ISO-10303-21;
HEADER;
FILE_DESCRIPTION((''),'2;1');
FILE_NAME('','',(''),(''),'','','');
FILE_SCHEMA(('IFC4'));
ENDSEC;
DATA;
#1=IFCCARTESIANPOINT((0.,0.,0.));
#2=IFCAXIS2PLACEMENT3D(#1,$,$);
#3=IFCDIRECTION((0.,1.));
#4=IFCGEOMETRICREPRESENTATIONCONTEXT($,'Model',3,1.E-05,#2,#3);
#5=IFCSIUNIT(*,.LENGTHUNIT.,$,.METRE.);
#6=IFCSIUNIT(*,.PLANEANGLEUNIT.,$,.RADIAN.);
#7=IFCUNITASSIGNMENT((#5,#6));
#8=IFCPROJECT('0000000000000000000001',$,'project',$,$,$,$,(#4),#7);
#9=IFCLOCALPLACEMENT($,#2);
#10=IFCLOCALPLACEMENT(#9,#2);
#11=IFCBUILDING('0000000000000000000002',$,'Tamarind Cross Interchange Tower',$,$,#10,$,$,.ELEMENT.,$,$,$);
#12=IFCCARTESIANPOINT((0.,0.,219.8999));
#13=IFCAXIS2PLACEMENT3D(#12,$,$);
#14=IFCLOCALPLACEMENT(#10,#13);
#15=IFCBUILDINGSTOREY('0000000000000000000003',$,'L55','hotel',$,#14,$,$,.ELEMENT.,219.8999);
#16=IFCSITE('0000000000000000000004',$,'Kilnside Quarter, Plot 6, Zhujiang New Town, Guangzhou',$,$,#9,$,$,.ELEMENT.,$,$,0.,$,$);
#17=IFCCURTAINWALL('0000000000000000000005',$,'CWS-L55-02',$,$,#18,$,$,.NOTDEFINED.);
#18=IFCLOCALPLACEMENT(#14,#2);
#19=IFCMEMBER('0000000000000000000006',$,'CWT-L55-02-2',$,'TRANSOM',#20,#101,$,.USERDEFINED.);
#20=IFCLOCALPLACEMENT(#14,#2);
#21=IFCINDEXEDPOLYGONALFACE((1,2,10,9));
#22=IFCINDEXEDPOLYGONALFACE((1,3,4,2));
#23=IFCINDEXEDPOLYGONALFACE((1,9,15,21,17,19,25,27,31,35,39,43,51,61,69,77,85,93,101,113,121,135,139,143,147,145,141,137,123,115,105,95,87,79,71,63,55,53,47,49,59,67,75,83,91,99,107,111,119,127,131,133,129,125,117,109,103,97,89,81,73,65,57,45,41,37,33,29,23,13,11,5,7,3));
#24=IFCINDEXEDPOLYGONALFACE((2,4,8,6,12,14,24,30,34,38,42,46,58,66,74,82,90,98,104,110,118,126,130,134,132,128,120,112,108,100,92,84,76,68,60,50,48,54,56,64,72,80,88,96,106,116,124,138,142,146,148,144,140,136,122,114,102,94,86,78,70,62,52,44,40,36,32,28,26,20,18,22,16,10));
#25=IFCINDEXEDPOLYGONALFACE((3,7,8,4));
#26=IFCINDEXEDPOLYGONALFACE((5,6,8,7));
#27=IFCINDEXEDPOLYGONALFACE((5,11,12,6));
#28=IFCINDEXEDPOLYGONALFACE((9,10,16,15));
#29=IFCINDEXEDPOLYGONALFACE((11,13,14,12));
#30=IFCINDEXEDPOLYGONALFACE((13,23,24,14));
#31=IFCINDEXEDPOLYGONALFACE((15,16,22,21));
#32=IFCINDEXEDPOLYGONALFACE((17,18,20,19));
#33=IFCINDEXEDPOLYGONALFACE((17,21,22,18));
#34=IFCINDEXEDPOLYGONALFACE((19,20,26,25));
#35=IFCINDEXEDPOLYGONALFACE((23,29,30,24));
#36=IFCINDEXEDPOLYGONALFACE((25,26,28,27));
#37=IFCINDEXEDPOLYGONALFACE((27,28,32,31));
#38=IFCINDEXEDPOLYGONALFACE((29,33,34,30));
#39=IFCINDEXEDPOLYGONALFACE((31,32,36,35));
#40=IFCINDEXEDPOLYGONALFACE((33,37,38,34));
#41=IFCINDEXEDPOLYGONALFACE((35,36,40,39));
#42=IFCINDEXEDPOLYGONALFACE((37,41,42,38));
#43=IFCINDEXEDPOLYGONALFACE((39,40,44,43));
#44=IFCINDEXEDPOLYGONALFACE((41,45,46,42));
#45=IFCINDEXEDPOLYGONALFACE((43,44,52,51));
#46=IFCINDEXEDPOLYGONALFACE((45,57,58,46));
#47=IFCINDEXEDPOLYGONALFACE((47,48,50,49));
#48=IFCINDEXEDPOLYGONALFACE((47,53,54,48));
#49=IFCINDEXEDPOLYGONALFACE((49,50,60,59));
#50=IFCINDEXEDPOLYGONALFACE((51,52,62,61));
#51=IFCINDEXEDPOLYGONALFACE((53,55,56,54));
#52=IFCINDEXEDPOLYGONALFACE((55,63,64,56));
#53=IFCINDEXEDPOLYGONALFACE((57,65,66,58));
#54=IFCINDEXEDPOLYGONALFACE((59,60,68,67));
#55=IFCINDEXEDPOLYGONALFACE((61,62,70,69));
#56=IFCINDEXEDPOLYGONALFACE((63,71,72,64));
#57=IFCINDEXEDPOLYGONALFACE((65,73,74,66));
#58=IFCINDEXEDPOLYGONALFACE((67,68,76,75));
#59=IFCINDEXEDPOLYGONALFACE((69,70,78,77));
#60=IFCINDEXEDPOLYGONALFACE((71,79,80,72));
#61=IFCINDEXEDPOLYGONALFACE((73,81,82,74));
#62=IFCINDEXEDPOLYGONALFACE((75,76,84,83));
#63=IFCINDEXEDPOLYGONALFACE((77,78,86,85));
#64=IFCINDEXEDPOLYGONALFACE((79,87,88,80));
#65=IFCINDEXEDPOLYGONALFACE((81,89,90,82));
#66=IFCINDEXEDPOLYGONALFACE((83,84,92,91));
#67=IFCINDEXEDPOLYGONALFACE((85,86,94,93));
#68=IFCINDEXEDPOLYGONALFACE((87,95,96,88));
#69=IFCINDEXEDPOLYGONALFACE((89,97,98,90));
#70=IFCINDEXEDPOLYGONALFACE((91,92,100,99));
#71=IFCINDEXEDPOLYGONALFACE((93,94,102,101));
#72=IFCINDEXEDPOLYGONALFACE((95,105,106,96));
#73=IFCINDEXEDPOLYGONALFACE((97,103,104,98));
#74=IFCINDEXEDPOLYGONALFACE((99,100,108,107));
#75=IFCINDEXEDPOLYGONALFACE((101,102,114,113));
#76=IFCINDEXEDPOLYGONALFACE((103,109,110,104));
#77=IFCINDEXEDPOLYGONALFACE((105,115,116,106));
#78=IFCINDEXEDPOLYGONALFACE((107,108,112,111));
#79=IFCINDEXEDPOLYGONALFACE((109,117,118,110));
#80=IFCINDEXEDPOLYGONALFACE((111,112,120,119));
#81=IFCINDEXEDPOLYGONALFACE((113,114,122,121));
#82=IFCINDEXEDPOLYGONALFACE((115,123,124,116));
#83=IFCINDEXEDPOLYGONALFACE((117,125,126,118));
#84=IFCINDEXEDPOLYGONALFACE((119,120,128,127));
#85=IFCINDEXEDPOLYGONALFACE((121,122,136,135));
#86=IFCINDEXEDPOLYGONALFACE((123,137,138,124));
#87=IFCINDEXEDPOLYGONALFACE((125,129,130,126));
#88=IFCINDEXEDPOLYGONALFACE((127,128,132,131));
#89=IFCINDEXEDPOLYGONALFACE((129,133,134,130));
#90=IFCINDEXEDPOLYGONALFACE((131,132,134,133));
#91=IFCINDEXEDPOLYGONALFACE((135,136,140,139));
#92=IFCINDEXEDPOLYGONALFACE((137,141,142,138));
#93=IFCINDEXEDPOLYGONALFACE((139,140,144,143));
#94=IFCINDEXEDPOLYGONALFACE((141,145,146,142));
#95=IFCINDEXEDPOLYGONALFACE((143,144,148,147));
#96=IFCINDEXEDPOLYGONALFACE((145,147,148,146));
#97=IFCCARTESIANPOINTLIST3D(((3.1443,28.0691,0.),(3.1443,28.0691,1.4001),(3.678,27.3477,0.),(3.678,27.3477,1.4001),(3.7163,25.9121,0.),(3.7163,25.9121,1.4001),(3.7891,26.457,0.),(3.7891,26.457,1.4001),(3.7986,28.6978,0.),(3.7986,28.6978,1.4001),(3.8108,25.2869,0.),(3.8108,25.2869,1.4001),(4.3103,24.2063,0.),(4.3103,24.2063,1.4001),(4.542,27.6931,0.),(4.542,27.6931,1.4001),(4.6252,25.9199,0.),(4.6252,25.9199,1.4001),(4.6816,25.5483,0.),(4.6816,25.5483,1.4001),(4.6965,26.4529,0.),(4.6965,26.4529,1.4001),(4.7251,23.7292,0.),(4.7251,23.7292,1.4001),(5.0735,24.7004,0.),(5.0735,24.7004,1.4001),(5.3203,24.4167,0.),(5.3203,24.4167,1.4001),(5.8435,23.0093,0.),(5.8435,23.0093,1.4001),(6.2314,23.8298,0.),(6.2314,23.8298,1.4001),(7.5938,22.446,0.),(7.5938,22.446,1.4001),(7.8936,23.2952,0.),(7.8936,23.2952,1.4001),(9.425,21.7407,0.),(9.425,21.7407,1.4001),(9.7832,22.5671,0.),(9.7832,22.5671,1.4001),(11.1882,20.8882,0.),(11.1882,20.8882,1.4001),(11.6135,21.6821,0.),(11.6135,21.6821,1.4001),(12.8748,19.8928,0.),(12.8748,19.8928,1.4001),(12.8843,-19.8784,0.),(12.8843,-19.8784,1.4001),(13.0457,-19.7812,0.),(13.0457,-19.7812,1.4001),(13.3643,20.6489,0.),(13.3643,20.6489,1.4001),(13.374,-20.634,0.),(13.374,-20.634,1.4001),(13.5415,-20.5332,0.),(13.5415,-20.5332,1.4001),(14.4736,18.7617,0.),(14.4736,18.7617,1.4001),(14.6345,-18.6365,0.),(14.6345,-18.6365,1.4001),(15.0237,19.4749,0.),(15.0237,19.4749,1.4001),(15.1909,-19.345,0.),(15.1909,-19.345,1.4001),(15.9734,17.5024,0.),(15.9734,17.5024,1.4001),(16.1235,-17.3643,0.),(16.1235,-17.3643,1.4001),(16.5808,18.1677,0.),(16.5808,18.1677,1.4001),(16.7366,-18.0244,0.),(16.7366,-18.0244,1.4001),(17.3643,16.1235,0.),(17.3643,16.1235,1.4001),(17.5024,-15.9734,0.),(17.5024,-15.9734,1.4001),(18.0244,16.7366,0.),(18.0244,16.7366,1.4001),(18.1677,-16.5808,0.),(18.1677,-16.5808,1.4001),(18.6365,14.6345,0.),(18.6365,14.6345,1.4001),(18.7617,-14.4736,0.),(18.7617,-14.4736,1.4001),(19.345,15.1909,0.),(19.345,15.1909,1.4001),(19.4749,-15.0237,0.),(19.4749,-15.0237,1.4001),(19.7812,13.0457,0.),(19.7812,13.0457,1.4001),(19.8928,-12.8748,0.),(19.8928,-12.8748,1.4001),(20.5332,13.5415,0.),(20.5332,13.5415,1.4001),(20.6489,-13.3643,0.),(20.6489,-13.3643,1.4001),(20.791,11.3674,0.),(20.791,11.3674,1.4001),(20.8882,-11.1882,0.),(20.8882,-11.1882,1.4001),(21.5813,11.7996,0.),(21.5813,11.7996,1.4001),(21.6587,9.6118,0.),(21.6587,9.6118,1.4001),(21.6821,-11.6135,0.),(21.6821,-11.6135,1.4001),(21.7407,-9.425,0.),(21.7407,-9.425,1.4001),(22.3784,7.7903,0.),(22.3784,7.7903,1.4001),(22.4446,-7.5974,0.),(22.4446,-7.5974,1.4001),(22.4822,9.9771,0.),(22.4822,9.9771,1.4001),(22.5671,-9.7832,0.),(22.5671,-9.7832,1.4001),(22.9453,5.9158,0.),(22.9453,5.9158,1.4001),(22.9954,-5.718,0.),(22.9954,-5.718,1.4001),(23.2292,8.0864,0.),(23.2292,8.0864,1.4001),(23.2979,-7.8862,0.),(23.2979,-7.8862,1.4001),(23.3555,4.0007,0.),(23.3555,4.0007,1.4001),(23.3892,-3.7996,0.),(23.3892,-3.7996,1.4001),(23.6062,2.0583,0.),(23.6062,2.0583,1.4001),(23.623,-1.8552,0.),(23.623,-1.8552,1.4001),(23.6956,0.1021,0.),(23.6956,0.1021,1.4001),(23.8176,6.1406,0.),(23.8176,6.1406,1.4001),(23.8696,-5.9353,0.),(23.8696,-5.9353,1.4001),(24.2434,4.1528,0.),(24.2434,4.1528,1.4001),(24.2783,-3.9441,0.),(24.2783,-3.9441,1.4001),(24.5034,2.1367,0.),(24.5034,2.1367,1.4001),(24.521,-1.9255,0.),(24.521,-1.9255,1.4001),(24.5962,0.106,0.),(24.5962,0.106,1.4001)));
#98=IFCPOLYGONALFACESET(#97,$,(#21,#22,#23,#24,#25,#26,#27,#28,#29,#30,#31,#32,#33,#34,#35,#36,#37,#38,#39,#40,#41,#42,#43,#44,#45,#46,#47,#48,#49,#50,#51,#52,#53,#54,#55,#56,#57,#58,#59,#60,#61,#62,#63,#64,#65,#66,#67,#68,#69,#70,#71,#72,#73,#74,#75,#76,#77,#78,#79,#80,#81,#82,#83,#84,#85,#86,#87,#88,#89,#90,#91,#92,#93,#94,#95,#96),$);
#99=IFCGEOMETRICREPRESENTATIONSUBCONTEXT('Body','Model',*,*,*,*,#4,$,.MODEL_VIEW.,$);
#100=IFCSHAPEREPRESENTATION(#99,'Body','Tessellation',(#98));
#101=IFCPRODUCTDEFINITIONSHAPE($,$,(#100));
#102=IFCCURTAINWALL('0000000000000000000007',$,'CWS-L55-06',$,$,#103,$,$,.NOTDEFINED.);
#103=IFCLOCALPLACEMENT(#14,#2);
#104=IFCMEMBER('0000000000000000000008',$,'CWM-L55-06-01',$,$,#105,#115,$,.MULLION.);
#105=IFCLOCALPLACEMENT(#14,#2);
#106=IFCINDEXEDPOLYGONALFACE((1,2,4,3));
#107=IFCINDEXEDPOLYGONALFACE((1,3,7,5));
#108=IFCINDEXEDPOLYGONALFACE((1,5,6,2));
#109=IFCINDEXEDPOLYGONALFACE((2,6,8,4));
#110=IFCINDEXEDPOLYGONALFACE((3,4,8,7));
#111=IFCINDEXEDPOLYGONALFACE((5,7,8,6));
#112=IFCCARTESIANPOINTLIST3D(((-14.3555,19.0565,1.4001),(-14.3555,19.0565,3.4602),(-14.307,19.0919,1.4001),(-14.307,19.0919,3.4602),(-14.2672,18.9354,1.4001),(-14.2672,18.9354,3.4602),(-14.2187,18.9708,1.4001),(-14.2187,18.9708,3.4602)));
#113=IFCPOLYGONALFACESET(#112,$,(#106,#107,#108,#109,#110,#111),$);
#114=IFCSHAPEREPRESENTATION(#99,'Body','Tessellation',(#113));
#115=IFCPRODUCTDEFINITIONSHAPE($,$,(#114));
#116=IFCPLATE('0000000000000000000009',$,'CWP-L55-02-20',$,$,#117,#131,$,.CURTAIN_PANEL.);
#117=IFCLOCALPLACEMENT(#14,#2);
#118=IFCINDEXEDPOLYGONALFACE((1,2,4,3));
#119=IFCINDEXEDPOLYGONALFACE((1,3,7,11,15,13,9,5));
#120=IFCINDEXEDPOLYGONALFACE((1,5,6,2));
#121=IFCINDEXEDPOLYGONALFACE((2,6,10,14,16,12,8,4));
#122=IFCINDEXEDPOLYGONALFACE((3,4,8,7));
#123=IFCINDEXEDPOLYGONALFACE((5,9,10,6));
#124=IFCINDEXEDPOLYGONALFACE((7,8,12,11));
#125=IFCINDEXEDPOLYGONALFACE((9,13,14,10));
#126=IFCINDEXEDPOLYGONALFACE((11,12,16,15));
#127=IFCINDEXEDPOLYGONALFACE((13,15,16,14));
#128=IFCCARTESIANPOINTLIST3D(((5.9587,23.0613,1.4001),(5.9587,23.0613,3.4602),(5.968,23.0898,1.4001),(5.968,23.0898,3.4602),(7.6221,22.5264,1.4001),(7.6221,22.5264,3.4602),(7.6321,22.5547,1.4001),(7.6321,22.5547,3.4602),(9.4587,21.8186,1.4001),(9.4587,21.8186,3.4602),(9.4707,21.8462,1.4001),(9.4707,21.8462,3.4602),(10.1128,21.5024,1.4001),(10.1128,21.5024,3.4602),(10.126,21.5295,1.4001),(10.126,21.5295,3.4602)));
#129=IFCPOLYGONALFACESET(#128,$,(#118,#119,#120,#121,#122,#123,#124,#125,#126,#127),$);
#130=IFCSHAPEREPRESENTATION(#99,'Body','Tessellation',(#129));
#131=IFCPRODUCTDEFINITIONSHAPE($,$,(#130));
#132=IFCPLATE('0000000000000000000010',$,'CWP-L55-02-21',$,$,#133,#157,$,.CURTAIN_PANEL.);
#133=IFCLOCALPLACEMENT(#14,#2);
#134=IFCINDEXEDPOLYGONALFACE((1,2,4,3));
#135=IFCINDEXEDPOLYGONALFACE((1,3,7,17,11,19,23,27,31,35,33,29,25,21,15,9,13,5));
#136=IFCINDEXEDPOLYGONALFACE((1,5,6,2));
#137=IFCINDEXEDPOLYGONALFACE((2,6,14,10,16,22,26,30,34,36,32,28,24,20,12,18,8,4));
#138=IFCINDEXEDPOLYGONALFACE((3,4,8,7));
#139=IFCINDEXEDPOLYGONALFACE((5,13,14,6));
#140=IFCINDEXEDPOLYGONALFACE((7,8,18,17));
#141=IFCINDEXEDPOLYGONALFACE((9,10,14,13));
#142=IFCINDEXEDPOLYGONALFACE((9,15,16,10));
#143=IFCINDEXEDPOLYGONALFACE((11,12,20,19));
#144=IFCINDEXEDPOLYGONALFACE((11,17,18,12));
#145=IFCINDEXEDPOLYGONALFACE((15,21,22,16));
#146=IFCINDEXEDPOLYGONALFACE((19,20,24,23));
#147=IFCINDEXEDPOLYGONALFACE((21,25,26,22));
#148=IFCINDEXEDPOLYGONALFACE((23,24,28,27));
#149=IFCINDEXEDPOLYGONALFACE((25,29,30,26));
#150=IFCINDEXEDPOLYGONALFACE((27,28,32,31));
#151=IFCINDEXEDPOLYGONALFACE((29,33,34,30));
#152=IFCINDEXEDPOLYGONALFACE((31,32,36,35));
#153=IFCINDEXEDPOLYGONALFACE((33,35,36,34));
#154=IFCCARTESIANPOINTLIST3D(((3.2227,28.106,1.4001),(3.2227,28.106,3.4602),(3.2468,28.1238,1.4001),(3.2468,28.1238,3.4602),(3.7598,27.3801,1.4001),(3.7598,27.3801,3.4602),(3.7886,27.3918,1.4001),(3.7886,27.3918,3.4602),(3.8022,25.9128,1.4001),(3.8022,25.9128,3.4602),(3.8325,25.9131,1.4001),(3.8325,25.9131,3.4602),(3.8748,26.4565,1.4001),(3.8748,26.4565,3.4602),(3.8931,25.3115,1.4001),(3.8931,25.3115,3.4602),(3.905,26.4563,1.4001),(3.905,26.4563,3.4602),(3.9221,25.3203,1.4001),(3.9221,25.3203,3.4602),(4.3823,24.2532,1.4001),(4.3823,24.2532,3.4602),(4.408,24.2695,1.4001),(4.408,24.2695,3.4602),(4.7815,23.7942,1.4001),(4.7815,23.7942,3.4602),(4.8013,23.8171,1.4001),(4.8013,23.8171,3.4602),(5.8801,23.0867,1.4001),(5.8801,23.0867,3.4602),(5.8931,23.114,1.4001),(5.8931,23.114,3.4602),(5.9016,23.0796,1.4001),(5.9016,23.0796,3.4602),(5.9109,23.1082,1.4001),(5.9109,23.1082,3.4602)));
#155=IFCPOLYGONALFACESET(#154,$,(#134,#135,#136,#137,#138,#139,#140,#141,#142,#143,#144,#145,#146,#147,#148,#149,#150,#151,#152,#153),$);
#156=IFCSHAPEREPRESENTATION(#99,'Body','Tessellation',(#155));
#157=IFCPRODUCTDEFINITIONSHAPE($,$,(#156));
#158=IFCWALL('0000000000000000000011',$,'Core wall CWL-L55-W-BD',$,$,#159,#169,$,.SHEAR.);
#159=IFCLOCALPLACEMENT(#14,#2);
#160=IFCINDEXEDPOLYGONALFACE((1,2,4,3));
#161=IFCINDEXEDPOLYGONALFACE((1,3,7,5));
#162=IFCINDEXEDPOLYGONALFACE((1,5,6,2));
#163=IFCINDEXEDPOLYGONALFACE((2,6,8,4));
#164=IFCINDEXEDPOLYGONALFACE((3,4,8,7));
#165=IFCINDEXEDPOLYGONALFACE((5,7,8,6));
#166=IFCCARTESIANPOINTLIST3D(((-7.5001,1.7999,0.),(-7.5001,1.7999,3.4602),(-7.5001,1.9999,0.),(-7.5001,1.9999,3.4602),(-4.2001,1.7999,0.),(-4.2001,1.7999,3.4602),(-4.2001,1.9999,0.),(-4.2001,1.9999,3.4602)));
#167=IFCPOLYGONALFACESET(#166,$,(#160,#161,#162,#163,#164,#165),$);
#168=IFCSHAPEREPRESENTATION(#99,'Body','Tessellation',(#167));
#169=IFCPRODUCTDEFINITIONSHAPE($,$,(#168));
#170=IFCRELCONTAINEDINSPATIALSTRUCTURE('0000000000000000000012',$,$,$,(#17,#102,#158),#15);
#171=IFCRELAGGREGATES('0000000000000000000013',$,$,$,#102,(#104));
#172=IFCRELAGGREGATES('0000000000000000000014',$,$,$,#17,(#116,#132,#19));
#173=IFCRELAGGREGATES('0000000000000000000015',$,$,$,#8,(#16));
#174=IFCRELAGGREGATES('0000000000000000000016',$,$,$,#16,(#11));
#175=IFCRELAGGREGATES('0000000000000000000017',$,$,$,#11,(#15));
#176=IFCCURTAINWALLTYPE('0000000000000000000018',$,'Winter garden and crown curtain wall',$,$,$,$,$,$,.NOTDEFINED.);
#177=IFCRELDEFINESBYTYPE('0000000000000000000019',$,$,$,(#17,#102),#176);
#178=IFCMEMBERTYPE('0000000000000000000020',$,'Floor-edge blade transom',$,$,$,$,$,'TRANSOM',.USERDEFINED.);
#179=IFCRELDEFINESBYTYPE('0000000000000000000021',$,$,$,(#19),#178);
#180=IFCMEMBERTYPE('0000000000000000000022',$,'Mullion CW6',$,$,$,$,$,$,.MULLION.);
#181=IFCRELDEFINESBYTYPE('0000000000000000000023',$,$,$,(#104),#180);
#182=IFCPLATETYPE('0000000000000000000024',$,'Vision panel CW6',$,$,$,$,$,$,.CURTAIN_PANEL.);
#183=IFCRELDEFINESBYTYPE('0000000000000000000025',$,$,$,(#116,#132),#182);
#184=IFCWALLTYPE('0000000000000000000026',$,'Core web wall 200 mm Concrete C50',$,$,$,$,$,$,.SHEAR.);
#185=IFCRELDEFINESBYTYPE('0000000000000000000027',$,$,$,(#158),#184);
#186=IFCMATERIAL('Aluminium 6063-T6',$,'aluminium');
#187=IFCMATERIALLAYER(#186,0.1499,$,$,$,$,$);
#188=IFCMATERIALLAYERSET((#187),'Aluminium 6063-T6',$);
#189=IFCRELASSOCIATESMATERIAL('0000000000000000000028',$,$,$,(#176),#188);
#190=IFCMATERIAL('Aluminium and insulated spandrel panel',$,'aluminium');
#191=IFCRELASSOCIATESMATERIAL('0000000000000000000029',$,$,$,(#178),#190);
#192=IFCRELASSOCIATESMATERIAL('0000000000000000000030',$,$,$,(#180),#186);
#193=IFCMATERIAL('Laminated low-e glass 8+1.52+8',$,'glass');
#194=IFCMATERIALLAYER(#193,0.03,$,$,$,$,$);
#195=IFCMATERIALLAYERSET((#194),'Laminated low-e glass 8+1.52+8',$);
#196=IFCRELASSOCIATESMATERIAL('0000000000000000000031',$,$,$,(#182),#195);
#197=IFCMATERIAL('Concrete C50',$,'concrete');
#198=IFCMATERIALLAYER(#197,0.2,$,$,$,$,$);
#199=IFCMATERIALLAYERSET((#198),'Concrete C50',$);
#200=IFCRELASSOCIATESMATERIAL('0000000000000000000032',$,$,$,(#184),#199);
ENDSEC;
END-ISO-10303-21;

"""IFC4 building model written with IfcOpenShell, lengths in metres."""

from ifc_helpers import new_model, si_unit, direction, frame, frame_2d, origin, origin_2d, place, context, subcontext, project, spatial, polyline, rectangle, outline, extrude, material, layer, layer_set, material_profile, profile_set, type_object, element, aggregate, save


model = new_model("IFC4")

# Units and contexts
model_context = context("Model", 3, precision=1e-05, world=origin(), true_north=direction((0.0, 1.0)))
body_context = subcontext(model_context, "Body", "Model", "MODEL_VIEW")
ifc_project = project(units=[si_unit("LENGTHUNIT", "METRE"), si_unit("PLANEANGLEUNIT", "RADIAN")], contexts=[model_context])

# Site, building, storey
site_placement = place(None, origin())
site = spatial("IfcSite", under=ifc_project, at=site_placement, Name="Kilnside Quarter, Plot 6, Zhujiang New Town, Guangzhou", CompositionType="ELEMENT", RefElevation=0.0)
building_placement = place(site_placement, origin())
building = spatial("IfcBuilding", under=site, at=building_placement, Name="Tamarind Cross Interchange Tower", CompositionType="ELEMENT")
storey_placement = place(building_placement, frame((0.0, 0.0, 219.8999)))
storey = spatial("IfcBuildingStorey", under=building, at=storey_placement, Name="L55", Description="hotel", CompositionType="ELEMENT", Elevation=219.8999)

# Shared definitions
ifc_material_1 = material(Name="Concrete C50", Category="concrete")

# Curtain wall, member
ifc_material_2 = material(Name="Aluminium 6063-T6", Category="aluminium")
ifc_layer_1 = layer(ifc_material_2, 0.1499)
ifc_layer_set_1 = layer_set([ifc_layer_1], Name="Aluminium 6063-T6")
curtain_wall_type = type_object("IfcCurtainWallType", Name="Winter garden and crown curtain wall", PredefinedType="NOTDEFINED", material=ifc_layer_set_1)
curtain_wall_1_placement = place(storey_placement, origin())
curtain_wall_1 = element("IfcCurtainWall", 1, at=curtain_wall_1_placement, inside=storey, type_object=curtain_wall_type, Name="CWS-L55-02", PredefinedType="NOTDEFINED")
ifc_material_3 = material(Name="Aluminium and insulated spandrel panel", Category="aluminium")
member_type_1 = type_object("IfcMemberType", Name="Floor-edge blade transom", ElementType="TRANSOM", PredefinedType="USERDEFINED", material=ifc_material_3)
member_1_placement = place(storey_placement, origin())
member_1 = element("IfcMember", 2, at=member_1_placement, type_object=member_type_1, Name="CWT-L55-02-2", ObjectType="TRANSOM", PredefinedType="USERDEFINED", context=body_context, shape_type="SweptSolid", body=[
    extrude(outline(polyline([(12.8843, -19.8784), (13.0457, -19.7812), (14.6345, -18.6365), (16.1235, -17.3643), (17.5024, -15.9734), (18.7617, -14.4736), (19.8928, -12.8748), (20.8882, -11.1882), (21.7407, -9.425), (22.4446, -7.5974), (22.9954, -5.718), (23.3892, -3.7996), (23.623, -1.8552), (23.6956, 0.1021), (23.6062, 2.0583), (23.3555, 4.0007), (22.9453, 5.9158), (22.3784, 7.7903), (21.6587, 9.6118), (20.791, 11.3674), (19.7812, 13.0457), (18.6365, 14.6345), (17.3643, 16.1235), (15.9734, 17.5024), (14.4736, 18.7617), (12.8748, 19.8928), (11.1882, 20.8882), (9.425, 21.7407), (7.5938, 22.446), (5.8435, 23.0093), (4.7251, 23.7292), (4.3103, 24.2063), (3.8108, 25.2869), (3.7163, 25.9121), (3.7891, 26.457), (3.678, 27.3477), (3.1443, 28.0691), (3.7986, 28.6978), (4.542, 27.6931), (4.6965, 26.4529), (4.6252, 25.9199), (4.6816, 25.5483), (5.0735, 24.7004), (5.3203, 24.4167), (6.2314, 23.8298), (7.8936, 23.2952), (9.7832, 22.5671), (11.6135, 21.6821), (13.3643, 20.6489), (15.0237, 19.4749), (16.5808, 18.1677), (18.0244, 16.7366), (19.345, 15.1909), (20.5332, 13.5415), (21.5813, 11.7996), (22.4822, 9.9771), (23.2292, 8.0864), (23.8176, 6.1406), (24.2434, 4.1528), (24.5034, 2.1367), (24.5962, 0.106), (24.521, -1.9255), (24.2783, -3.9441), (23.8696, -5.9353), (23.2979, -7.8862), (22.5671, -9.7832), (21.6821, -11.6135), (20.6489, -13.3643), (19.4749, -15.0237), (18.1677, -16.5808), (16.7366, -18.0244), (15.1909, -19.345), (13.5415, -20.5332), (13.374, -20.634), (12.8843, -19.8784)])), origin(), (0.0, 0.0, 1.0), 1.4001),
])

# Curtain wall, member
curtain_wall_2_placement = place(storey_placement, origin())
curtain_wall_2 = element("IfcCurtainWall", 3, at=curtain_wall_2_placement, inside=storey, type_object=curtain_wall_type, Name="CWS-L55-06", PredefinedType="NOTDEFINED")
ifc_material_profile_1 = material_profile(ifc_material_2, rectangle(XDim=0.0601, YDim=0.1499, at=origin_2d()), Name="Mullion CW6")
ifc_profile_set_1 = profile_set([ifc_material_profile_1], Name="Aluminium 6063-T6")
member_type_2 = type_object("IfcMemberType", Name="Mullion CW6", PredefinedType="MULLION", material=ifc_profile_set_1)
member_2_placement = place(storey_placement, frame((-14.2871, 19.0137, 1.4001), z_axis=(0.0, 0.0, 1.0), x_axis=(-0.807843, -0.589398, 0.0)))
member_2 = element("IfcMember", 4, at=member_2_placement, type_object=member_type_2, Name="CWM-L55-06-01", PredefinedType="MULLION", context=body_context, shape_type="SweptSolid", body=[
    extrude(rectangle(XDim=0.0601, YDim=0.1499, at=origin_2d()), origin(), (0.0, 0.0, 1.0), 2.0601),
])
aggregate(curtain_wall_2, [member_2])

# Plates
ifc_material_4 = material(Name="Laminated low-e glass 8+1.52+8", Category="glass")
ifc_layer_2 = layer(ifc_material_4, 0.03)
ifc_layer_set_2 = layer_set([ifc_layer_2], Name="Laminated low-e glass 8+1.52+8")
plate_type = type_object("IfcPlateType", Name="Vision panel CW6", PredefinedType="CURTAIN_PANEL", material=ifc_layer_set_2)
plate_1_placement = place(storey_placement, frame((0.0, 0.0, 1.4001)))
plate_1 = element("IfcPlate", 5, at=plate_1_placement, type_object=plate_type, Name="CWP-L55-02-20", PredefinedType="CURTAIN_PANEL", context=body_context, shape_type="SweptSolid", body=[
    extrude(outline(polyline([(10.1128, 21.5024), (9.4587, 21.8186), (7.6221, 22.5264), (5.9587, 23.0613), (5.968, 23.0898), (7.6321, 22.5547), (9.4707, 21.8462), (10.126, 21.5295), (10.1128, 21.5024)])), origin(), (0.0, 0.0, 1.0), 2.0601),
])
plate_2_placement = place(storey_placement, frame((0.0, 0.0, 1.4001)))
plate_2 = element("IfcPlate", 6, at=plate_2_placement, type_object=plate_type, Name="CWP-L55-02-21", PredefinedType="CURTAIN_PANEL", context=body_context, shape_type="SweptSolid", body=[
    extrude(outline(polyline([(5.9016, 23.0796), (5.8801, 23.0867), (4.7815, 23.7942), (4.3823, 24.2532), (3.8931, 25.3115), (3.8022, 25.9128), (3.8748, 26.4565), (3.7598, 27.3801), (3.2227, 28.106), (3.2468, 28.1238), (3.7886, 27.3918), (3.905, 26.4563), (3.8325, 25.9131), (3.9221, 25.3203), (4.408, 24.2695), (4.8013, 23.8171), (5.8931, 23.114), (5.9109, 23.1082), (5.9016, 23.0796)])), origin(), (0.0, 0.0, 1.0), 2.0601),
])
aggregate(curtain_wall_1, [plate_1, plate_2, member_1])

# Wall
ifc_layer_3 = layer(ifc_material_1, 0.2)
ifc_layer_set_3 = layer_set([ifc_layer_3], Name="Concrete C50")
wall_type_1 = type_object("IfcWallType", Name="Core web wall 200 mm Concrete C50", PredefinedType="SHEAR", material=ifc_layer_set_3)
wall_1_placement = place(storey_placement, frame((-7.5, 1.8999, 0.0), z_axis=(0.0, 0.0, 1.0), x_axis=(1.0, 0.0, 0.0)))
element("IfcWall", 7, at=wall_1_placement, inside=storey, type_object=wall_type_1, Name="Core wall CWL-L55-W-BD", PredefinedType="SHEAR", context=body_context, shape_type="SweptSolid", body=[
    extrude(rectangle(XDim=3.3, YDim=0.2, at=frame_2d((1.6499, 0.0))), origin(), (0.0, 0.0, 1.0), 3.4602),
])

save(model, "model.ifc")
